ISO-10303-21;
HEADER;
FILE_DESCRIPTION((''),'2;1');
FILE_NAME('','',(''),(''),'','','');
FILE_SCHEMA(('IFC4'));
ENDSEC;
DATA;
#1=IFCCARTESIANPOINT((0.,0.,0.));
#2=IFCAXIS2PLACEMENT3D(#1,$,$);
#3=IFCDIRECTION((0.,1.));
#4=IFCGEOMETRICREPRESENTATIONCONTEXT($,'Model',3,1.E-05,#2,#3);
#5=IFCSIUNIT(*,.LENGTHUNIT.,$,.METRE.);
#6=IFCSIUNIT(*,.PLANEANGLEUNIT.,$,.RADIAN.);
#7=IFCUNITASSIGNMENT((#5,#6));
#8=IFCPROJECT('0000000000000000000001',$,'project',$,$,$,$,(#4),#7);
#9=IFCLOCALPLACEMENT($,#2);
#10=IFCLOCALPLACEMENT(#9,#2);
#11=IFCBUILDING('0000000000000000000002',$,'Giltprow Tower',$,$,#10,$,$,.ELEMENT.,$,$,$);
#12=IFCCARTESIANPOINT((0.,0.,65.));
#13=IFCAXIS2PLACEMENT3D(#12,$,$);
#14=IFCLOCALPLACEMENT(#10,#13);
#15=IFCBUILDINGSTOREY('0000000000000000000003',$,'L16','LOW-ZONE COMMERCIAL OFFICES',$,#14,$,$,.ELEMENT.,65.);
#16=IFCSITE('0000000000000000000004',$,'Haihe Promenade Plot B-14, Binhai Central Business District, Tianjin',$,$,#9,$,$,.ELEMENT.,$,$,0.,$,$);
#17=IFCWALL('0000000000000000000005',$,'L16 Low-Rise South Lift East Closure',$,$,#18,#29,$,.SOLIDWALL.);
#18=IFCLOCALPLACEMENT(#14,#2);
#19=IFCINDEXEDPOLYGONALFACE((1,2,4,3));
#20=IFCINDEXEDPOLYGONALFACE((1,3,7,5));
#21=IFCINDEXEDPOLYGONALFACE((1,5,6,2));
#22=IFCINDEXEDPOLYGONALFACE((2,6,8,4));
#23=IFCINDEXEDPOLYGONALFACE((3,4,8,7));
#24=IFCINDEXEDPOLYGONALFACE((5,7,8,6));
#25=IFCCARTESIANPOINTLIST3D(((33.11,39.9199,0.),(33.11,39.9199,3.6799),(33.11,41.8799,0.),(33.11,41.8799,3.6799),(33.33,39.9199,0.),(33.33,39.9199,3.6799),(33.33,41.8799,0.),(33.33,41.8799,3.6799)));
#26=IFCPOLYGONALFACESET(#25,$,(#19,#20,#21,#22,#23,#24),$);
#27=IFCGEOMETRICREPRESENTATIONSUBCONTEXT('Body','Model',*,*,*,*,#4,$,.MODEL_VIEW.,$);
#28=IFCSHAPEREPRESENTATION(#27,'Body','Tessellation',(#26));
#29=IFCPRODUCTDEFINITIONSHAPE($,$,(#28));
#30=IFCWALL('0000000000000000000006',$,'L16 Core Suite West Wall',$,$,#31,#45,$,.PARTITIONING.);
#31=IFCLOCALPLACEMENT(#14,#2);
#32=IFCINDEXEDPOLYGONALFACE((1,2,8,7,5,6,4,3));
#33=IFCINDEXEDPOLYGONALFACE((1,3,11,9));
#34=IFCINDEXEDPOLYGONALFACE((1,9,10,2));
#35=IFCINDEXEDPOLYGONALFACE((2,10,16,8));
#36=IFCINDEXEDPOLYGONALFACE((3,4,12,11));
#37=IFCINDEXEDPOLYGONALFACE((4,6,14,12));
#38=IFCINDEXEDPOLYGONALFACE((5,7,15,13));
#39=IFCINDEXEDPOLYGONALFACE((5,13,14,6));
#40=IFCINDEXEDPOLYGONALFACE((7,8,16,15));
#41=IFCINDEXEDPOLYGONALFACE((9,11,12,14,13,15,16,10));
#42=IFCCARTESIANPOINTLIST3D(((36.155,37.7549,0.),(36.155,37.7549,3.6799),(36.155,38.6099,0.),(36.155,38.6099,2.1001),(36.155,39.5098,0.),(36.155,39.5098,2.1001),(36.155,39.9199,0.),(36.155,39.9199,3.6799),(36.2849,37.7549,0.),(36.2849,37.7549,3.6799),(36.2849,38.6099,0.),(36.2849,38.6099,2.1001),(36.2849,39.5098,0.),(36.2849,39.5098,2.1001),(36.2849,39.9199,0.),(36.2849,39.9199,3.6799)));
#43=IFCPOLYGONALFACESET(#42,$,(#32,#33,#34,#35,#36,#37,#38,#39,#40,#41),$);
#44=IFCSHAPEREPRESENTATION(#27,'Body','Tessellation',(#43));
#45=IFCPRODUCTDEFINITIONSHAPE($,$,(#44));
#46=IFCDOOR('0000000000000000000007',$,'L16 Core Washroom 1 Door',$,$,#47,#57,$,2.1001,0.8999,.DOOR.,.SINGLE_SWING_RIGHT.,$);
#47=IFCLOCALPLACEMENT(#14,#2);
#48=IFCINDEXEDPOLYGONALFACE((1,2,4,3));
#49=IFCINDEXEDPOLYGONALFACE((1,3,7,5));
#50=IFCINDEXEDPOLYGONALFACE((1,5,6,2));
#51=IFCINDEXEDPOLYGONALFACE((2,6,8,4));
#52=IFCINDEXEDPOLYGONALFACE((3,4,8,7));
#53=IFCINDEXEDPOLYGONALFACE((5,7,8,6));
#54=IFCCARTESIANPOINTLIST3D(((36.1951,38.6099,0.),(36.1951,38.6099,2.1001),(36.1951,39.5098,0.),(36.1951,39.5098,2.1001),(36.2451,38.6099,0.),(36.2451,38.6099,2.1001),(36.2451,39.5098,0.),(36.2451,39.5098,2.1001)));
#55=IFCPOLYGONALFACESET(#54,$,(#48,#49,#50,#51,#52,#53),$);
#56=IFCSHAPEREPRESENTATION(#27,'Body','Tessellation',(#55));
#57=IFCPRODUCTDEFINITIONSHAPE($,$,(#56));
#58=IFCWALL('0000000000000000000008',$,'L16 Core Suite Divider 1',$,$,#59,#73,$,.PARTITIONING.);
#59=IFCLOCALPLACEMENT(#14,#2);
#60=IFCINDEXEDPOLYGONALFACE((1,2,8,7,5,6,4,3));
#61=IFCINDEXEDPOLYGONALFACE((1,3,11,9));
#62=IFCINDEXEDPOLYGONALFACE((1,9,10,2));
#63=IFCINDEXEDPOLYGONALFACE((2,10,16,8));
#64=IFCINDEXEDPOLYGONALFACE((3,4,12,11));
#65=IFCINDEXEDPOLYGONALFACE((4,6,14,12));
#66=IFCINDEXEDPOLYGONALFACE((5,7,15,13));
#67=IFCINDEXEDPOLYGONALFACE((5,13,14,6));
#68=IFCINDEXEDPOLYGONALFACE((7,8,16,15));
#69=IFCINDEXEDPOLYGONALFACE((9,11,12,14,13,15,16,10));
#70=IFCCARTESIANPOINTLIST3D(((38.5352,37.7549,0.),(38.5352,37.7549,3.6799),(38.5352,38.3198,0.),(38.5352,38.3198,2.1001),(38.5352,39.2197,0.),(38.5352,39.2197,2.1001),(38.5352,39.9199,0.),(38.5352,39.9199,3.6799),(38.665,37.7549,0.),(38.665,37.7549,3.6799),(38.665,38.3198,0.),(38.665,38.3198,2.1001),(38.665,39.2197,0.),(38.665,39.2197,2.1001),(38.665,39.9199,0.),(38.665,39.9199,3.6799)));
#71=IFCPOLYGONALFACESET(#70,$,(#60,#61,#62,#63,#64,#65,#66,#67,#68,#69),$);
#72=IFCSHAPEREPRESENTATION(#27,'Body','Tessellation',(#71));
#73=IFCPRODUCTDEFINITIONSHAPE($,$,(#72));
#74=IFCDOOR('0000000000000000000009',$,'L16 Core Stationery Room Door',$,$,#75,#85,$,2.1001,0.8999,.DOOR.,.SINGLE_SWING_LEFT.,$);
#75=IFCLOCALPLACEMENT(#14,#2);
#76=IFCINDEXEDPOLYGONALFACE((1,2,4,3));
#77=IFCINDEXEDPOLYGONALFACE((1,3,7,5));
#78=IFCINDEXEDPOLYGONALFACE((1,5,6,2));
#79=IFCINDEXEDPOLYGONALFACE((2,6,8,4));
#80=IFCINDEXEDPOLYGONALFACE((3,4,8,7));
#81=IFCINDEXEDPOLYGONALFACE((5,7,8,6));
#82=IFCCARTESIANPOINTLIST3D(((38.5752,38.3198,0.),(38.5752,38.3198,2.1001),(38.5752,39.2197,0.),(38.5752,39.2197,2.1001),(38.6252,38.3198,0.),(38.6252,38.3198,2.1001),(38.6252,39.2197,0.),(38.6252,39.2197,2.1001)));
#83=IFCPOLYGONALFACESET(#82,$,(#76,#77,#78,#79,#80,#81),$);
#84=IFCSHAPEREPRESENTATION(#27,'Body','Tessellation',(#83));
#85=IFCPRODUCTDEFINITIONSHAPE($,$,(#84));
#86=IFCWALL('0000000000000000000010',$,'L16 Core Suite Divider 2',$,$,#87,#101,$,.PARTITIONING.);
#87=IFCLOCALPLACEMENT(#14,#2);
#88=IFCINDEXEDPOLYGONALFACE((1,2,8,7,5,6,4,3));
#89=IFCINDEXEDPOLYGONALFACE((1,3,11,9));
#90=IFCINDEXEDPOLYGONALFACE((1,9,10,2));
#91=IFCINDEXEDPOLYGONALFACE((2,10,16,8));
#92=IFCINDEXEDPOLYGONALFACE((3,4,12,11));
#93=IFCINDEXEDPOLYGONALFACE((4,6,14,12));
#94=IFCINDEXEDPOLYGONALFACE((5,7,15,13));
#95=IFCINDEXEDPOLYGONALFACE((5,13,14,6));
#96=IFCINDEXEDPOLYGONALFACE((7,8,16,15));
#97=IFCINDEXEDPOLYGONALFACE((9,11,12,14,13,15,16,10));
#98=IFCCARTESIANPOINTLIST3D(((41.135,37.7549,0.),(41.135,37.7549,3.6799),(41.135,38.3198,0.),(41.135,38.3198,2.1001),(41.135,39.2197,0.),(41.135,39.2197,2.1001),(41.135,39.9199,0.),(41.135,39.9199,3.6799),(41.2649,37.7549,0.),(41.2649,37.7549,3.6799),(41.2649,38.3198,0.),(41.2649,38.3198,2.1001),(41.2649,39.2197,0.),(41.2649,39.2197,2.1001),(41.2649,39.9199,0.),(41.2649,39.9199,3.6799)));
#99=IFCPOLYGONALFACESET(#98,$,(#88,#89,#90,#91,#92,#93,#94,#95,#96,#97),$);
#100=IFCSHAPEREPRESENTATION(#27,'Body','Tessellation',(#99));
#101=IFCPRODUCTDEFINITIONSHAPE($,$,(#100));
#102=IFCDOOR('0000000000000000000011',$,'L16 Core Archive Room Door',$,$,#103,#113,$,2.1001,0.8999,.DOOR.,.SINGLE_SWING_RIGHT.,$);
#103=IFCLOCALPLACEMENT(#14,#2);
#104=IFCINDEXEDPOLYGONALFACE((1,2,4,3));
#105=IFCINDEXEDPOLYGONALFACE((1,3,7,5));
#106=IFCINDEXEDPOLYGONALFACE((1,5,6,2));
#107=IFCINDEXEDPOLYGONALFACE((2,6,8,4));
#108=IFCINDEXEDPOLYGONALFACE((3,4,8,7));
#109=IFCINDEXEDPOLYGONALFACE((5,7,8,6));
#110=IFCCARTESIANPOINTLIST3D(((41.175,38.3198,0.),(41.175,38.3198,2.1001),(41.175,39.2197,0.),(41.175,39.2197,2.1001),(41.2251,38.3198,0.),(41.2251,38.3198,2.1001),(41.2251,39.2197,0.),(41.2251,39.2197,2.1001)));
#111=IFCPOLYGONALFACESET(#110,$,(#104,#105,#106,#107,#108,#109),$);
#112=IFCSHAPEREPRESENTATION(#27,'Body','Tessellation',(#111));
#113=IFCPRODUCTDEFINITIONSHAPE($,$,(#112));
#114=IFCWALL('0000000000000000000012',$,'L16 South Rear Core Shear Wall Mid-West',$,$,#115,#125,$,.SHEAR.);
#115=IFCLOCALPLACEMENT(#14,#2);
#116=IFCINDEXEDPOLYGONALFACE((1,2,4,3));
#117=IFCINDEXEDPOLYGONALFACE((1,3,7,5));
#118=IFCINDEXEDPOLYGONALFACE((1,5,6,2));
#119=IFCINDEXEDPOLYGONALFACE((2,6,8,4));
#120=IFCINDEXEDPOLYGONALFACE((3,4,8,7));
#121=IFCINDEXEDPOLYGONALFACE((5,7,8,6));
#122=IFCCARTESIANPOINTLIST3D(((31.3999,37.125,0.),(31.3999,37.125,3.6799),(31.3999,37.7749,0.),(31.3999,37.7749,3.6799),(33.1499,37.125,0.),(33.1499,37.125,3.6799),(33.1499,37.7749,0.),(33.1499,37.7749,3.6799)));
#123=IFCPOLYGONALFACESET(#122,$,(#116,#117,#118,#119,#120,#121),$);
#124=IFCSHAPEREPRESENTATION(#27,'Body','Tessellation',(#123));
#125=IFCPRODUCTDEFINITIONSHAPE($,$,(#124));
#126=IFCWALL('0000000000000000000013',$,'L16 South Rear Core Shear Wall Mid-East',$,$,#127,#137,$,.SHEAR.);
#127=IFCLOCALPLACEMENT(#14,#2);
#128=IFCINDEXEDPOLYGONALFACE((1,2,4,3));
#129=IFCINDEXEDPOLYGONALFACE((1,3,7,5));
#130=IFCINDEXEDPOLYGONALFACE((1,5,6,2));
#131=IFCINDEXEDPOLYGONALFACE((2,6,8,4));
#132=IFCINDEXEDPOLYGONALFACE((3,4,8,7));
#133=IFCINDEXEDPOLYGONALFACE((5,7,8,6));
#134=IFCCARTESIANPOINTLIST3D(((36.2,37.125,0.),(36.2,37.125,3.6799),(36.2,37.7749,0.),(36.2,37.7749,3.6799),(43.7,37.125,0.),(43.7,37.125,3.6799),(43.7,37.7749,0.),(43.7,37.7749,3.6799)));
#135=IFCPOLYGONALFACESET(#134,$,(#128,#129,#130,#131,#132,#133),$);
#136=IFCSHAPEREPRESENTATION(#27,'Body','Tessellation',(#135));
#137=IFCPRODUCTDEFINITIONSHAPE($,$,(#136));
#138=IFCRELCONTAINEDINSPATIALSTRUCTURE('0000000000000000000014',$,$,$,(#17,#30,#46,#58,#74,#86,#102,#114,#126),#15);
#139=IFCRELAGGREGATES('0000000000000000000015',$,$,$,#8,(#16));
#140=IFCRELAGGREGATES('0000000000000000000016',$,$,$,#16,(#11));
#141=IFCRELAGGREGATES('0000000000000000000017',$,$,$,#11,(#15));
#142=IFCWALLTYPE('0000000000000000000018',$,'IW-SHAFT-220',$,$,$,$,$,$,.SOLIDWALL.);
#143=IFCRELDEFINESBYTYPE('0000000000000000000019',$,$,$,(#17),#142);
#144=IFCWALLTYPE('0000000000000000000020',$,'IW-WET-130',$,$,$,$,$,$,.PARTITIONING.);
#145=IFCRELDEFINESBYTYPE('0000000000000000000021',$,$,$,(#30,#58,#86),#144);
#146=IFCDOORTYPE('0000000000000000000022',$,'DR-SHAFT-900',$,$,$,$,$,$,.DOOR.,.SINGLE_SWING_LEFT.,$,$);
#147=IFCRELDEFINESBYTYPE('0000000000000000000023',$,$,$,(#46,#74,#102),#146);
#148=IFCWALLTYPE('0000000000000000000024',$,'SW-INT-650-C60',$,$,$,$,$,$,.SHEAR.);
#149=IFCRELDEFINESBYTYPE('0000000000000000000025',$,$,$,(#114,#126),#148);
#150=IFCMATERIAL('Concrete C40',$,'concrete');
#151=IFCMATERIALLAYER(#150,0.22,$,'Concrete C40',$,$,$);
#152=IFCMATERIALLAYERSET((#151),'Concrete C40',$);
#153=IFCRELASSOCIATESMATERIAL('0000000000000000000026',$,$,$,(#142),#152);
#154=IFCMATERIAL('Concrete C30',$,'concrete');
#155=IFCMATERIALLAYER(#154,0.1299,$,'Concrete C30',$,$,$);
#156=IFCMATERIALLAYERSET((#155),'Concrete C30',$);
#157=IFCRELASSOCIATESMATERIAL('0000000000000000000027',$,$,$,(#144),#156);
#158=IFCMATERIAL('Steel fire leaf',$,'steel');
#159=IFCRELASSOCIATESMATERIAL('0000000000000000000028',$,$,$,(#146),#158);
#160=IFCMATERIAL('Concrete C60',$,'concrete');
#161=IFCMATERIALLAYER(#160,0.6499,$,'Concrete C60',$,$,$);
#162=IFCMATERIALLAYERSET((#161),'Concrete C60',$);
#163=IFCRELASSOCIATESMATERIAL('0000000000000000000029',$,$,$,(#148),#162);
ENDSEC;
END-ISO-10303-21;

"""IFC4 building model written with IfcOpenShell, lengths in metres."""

from ifc_helpers import new_model, si_unit, direction, frame, frame_2d, origin, place, context, subcontext, project, spatial, rectangle, extrude, source, transform, mapped, material, layer, layer_set, type_object, element, fill, save


model = new_model("IFC4")

# Units and contexts
model_context = context("Model", 3, precision=1e-05, world=origin(), true_north=direction((0.0, 1.0)))
body_context = subcontext(model_context, "Body", "Model", "MODEL_VIEW")
ifc_project = project(units=[si_unit("LENGTHUNIT", "METRE"), si_unit("PLANEANGLEUNIT", "RADIAN")], contexts=[model_context])

# Site, building, storey
site_placement = place(None, origin())
site = spatial("IfcSite", under=ifc_project, at=site_placement, Name="Haihe Promenade Plot B-14, Binhai Central Business District, Tianjin", CompositionType="ELEMENT", RefElevation=0.0)
building_placement = place(site_placement, origin())
building = spatial("IfcBuilding", under=site, at=building_placement, Name="Giltprow Tower", CompositionType="ELEMENT")
storey_placement = place(building_placement, frame((0.0, 0.0, 65.0)))
storey = spatial("IfcBuildingStorey", under=building, at=storey_placement, Name="L16", Description="LOW-ZONE COMMERCIAL OFFICES", CompositionType="ELEMENT", Elevation=65.0)

# Shared definitions
ifc_material_1 = material(Name="Concrete C60", Category="concrete")

# Wall
ifc_material_2 = material(Name="Concrete C40", Category="concrete")
ifc_layer_1 = layer(ifc_material_2, 0.22, Name="Concrete C40")
ifc_layer_set_1 = layer_set([ifc_layer_1], Name="Concrete C40")
wall_type_1 = type_object("IfcWallType", Name="IW-SHAFT-220", PredefinedType="SOLIDWALL", material=ifc_layer_set_1)
wall_1_placement = place(storey_placement, frame((33.22, 39.9199, 0.0), z_axis=(0.0, 0.0, 1.0), x_axis=(0.0, 1.0, 0.0)))
element("IfcWall", 1, at=wall_1_placement, inside=storey, type_object=wall_type_1, Name="L16 Low-Rise South Lift East Closure", PredefinedType="SOLIDWALL", context=body_context, shape_type="SweptSolid", body=[
    extrude(rectangle(XDim=1.96, YDim=0.22, at=frame_2d((0.98, 0.0))), origin(), (0.0, 0.0, 1.0), 3.6799),
])

# Walls, openings, doors
ifc_material_3 = material(Name="Concrete C30", Category="concrete")
ifc_layer_2 = layer(ifc_material_3, 0.1299, Name="Concrete C30")
ifc_layer_set_2 = layer_set([ifc_layer_2], Name="Concrete C30")
wall_type_2 = type_object("IfcWallType", Name="IW-WET-130", PredefinedType="PARTITIONING", material=ifc_layer_set_2)
wall_2_placement = place(storey_placement, frame((36.22, 37.7549, 0.0), z_axis=(0.0, 0.0, 1.0), x_axis=(0.0, 1.0, 0.0)))
wall_2 = element("IfcWall", 2, at=wall_2_placement, inside=storey, type_object=wall_type_2, Name="L16 Core Suite West Wall", PredefinedType="PARTITIONING", context=body_context, shape_type="SweptSolid", body=[
    extrude(rectangle(XDim=2.165, YDim=0.1299, at=frame_2d((1.0825, 0.0))), origin(), (0.0, 0.0, 1.0), 3.6799),
])
opening_1_placement = place(wall_2_placement, frame((0.855, 0.0, 0.0)))
opening_1 = element("IfcOpeningElement", 3, at=opening_1_placement, cuts=wall_2, PredefinedType="OPENING", context=body_context, shape_type="SweptSolid", body=[
    extrude(rectangle(XDim=0.8999, YDim=2.1001, at=frame_2d((0.45, 1.05))), frame((0.0, 0.075, 0.0), z_axis=(0.0, -1.0, 0.0), x_axis=(1.0, 0.0, 0.0)), (0.0, 0.0, 1.0), 0.1499),
])
ifc_material_4 = material(Name="Steel fire leaf", Category="steel")
door_type_1 = type_object("IfcDoorType", Name="DR-SHAFT-900", OperationType="SINGLE_SWING_LEFT", PredefinedType="DOOR", material=ifc_material_4)
shared_shape_1 = source(origin(), body_context, "Body", "SweptSolid", [
    extrude(rectangle(XDim=0.8999, YDim=2.1001, at=frame_2d((0.45, 1.05))), frame((0.0, 0.0249, 0.0), z_axis=(0.0, -1.0, 0.0), x_axis=(1.0, 0.0, 0.0)), (0.0, 0.0, 1.0), 0.05),
])
door_1_placement = place(opening_1_placement, origin())
door_1 = element("IfcDoor", 4, at=door_1_placement, inside=storey, type_object=door_type_1, Name="L16 Core Washroom 1 Door", OperationType="SINGLE_SWING_RIGHT", OverallHeight=2.1001, OverallWidth=0.8999, PredefinedType="DOOR", context=body_context, shape_type="MappedRepresentation", body=[
    mapped(shared_shape_1, transform((0.0, 0.0, 0.0), x_axis=(1.0, 0.0, 0.0), y_axis=(0.0, 1.0, 0.0), z_axis=(0.0, 0.0, 1.0), scale=1.0)),
])
fill(opening_1, door_1)
wall_3_placement = place(storey_placement, frame((38.6001, 37.7549, 0.0), z_axis=(0.0, 0.0, 1.0), x_axis=(0.0, 1.0, 0.0)))
wall_3 = element("IfcWall", 5, at=wall_3_placement, inside=storey, type_object=wall_type_2, Name="L16 Core Suite Divider 1", PredefinedType="PARTITIONING", context=body_context, shape_type="SweptSolid", body=[
    extrude(rectangle(XDim=2.165, YDim=0.1299, at=frame_2d((1.0825, 0.0))), origin(), (0.0, 0.0, 1.0), 3.6799),
])
opening_2_placement = place(wall_3_placement, frame((0.5649, 0.0, 0.0)))
opening_2 = element("IfcOpeningElement", 6, at=opening_2_placement, cuts=wall_3, PredefinedType="OPENING", context=body_context, shape_type="SweptSolid", body=[
    extrude(rectangle(XDim=0.8999, YDim=2.1001, at=frame_2d((0.45, 1.05))), frame((0.0, 0.075, 0.0), z_axis=(0.0, -1.0, 0.0), x_axis=(1.0, 0.0, 0.0)), (0.0, 0.0, 1.0), 0.1499),
])
door_2_placement = place(opening_2_placement, origin())
door_2 = element("IfcDoor", 7, at=door_2_placement, inside=storey, type_object=door_type_1, Name="L16 Core Stationery Room Door", OperationType="SINGLE_SWING_LEFT", OverallHeight=2.1001, OverallWidth=0.8999, PredefinedType="DOOR", context=body_context, shape_type="MappedRepresentation", body=[
    mapped(shared_shape_1, transform((0.0, 0.0, 0.0), x_axis=(1.0, 0.0, 0.0), y_axis=(0.0, 1.0, 0.0), z_axis=(0.0, 0.0, 1.0), scale=1.0)),
])
fill(opening_2, door_2)
wall_4_placement = place(storey_placement, frame((41.2, 37.7549, 0.0), z_axis=(0.0, 0.0, 1.0), x_axis=(0.0, 1.0, 0.0)))
wall_4 = element("IfcWall", 8, at=wall_4_placement, inside=storey, type_object=wall_type_2, Name="L16 Core Suite Divider 2", PredefinedType="PARTITIONING", context=body_context, shape_type="SweptSolid", body=[
    extrude(rectangle(XDim=2.165, YDim=0.1299, at=frame_2d((1.0825, 0.0))), origin(), (0.0, 0.0, 1.0), 3.6799),
])
opening_3_placement = place(wall_4_placement, frame((0.5649, 0.0, 0.0)))
opening_3 = element("IfcOpeningElement", 9, at=opening_3_placement, cuts=wall_4, PredefinedType="OPENING", context=body_context, shape_type="SweptSolid", body=[
    extrude(rectangle(XDim=0.8999, YDim=2.1001, at=frame_2d((0.45, 1.05))), frame((0.0, 0.075, 0.0), z_axis=(0.0, -1.0, 0.0), x_axis=(1.0, 0.0, 0.0)), (0.0, 0.0, 1.0), 0.1499),
])
door_3_placement = place(opening_3_placement, origin())
door_3 = element("IfcDoor", 10, at=door_3_placement, inside=storey, type_object=door_type_1, Name="L16 Core Archive Room Door", OperationType="SINGLE_SWING_RIGHT", OverallHeight=2.1001, OverallWidth=0.8999, PredefinedType="DOOR", context=body_context, shape_type="MappedRepresentation", body=[
    mapped(shared_shape_1, transform((0.0, 0.0, 0.0), x_axis=(1.0, 0.0, 0.0), y_axis=(0.0, 1.0, 0.0), z_axis=(0.0, 0.0, 1.0), scale=1.0)),
])
fill(opening_3, door_3)

# Walls
ifc_layer_3 = layer(ifc_material_1, 0.6499, Name="Concrete C60")
ifc_layer_set_3 = layer_set([ifc_layer_3], Name="Concrete C60")
wall_type_3 = type_object("IfcWallType", Name="SW-INT-650-C60", PredefinedType="SHEAR", material=ifc_layer_set_3)
wall_5_placement = place(storey_placement, frame((31.3999, 37.45, 0.0), z_axis=(0.0, 0.0, 1.0), x_axis=(1.0, 0.0, 0.0)))
element("IfcWall", 11, at=wall_5_placement, inside=storey, type_object=wall_type_3, Name="L16 South Rear Core Shear Wall Mid-West", PredefinedType="SHEAR", context=body_context, shape_type="SweptSolid", body=[
    extrude(rectangle(XDim=1.75, YDim=0.6499, at=frame_2d((0.875, 0.0))), origin(), (0.0, 0.0, 1.0), 3.6799),
])
wall_6_placement = place(storey_placement, frame((36.2, 37.45, 0.0), z_axis=(0.0, 0.0, 1.0), x_axis=(1.0, 0.0, 0.0)))
element("IfcWall", 12, at=wall_6_placement, inside=storey, type_object=wall_type_3, Name="L16 South Rear Core Shear Wall Mid-East", PredefinedType="SHEAR", context=body_context, shape_type="SweptSolid", body=[
    extrude(rectangle(XDim=7.5, YDim=0.6499, at=frame_2d((3.75, 0.0))), origin(), (0.0, 0.0, 1.0), 3.6799),
])

save(model, "model.ifc")
